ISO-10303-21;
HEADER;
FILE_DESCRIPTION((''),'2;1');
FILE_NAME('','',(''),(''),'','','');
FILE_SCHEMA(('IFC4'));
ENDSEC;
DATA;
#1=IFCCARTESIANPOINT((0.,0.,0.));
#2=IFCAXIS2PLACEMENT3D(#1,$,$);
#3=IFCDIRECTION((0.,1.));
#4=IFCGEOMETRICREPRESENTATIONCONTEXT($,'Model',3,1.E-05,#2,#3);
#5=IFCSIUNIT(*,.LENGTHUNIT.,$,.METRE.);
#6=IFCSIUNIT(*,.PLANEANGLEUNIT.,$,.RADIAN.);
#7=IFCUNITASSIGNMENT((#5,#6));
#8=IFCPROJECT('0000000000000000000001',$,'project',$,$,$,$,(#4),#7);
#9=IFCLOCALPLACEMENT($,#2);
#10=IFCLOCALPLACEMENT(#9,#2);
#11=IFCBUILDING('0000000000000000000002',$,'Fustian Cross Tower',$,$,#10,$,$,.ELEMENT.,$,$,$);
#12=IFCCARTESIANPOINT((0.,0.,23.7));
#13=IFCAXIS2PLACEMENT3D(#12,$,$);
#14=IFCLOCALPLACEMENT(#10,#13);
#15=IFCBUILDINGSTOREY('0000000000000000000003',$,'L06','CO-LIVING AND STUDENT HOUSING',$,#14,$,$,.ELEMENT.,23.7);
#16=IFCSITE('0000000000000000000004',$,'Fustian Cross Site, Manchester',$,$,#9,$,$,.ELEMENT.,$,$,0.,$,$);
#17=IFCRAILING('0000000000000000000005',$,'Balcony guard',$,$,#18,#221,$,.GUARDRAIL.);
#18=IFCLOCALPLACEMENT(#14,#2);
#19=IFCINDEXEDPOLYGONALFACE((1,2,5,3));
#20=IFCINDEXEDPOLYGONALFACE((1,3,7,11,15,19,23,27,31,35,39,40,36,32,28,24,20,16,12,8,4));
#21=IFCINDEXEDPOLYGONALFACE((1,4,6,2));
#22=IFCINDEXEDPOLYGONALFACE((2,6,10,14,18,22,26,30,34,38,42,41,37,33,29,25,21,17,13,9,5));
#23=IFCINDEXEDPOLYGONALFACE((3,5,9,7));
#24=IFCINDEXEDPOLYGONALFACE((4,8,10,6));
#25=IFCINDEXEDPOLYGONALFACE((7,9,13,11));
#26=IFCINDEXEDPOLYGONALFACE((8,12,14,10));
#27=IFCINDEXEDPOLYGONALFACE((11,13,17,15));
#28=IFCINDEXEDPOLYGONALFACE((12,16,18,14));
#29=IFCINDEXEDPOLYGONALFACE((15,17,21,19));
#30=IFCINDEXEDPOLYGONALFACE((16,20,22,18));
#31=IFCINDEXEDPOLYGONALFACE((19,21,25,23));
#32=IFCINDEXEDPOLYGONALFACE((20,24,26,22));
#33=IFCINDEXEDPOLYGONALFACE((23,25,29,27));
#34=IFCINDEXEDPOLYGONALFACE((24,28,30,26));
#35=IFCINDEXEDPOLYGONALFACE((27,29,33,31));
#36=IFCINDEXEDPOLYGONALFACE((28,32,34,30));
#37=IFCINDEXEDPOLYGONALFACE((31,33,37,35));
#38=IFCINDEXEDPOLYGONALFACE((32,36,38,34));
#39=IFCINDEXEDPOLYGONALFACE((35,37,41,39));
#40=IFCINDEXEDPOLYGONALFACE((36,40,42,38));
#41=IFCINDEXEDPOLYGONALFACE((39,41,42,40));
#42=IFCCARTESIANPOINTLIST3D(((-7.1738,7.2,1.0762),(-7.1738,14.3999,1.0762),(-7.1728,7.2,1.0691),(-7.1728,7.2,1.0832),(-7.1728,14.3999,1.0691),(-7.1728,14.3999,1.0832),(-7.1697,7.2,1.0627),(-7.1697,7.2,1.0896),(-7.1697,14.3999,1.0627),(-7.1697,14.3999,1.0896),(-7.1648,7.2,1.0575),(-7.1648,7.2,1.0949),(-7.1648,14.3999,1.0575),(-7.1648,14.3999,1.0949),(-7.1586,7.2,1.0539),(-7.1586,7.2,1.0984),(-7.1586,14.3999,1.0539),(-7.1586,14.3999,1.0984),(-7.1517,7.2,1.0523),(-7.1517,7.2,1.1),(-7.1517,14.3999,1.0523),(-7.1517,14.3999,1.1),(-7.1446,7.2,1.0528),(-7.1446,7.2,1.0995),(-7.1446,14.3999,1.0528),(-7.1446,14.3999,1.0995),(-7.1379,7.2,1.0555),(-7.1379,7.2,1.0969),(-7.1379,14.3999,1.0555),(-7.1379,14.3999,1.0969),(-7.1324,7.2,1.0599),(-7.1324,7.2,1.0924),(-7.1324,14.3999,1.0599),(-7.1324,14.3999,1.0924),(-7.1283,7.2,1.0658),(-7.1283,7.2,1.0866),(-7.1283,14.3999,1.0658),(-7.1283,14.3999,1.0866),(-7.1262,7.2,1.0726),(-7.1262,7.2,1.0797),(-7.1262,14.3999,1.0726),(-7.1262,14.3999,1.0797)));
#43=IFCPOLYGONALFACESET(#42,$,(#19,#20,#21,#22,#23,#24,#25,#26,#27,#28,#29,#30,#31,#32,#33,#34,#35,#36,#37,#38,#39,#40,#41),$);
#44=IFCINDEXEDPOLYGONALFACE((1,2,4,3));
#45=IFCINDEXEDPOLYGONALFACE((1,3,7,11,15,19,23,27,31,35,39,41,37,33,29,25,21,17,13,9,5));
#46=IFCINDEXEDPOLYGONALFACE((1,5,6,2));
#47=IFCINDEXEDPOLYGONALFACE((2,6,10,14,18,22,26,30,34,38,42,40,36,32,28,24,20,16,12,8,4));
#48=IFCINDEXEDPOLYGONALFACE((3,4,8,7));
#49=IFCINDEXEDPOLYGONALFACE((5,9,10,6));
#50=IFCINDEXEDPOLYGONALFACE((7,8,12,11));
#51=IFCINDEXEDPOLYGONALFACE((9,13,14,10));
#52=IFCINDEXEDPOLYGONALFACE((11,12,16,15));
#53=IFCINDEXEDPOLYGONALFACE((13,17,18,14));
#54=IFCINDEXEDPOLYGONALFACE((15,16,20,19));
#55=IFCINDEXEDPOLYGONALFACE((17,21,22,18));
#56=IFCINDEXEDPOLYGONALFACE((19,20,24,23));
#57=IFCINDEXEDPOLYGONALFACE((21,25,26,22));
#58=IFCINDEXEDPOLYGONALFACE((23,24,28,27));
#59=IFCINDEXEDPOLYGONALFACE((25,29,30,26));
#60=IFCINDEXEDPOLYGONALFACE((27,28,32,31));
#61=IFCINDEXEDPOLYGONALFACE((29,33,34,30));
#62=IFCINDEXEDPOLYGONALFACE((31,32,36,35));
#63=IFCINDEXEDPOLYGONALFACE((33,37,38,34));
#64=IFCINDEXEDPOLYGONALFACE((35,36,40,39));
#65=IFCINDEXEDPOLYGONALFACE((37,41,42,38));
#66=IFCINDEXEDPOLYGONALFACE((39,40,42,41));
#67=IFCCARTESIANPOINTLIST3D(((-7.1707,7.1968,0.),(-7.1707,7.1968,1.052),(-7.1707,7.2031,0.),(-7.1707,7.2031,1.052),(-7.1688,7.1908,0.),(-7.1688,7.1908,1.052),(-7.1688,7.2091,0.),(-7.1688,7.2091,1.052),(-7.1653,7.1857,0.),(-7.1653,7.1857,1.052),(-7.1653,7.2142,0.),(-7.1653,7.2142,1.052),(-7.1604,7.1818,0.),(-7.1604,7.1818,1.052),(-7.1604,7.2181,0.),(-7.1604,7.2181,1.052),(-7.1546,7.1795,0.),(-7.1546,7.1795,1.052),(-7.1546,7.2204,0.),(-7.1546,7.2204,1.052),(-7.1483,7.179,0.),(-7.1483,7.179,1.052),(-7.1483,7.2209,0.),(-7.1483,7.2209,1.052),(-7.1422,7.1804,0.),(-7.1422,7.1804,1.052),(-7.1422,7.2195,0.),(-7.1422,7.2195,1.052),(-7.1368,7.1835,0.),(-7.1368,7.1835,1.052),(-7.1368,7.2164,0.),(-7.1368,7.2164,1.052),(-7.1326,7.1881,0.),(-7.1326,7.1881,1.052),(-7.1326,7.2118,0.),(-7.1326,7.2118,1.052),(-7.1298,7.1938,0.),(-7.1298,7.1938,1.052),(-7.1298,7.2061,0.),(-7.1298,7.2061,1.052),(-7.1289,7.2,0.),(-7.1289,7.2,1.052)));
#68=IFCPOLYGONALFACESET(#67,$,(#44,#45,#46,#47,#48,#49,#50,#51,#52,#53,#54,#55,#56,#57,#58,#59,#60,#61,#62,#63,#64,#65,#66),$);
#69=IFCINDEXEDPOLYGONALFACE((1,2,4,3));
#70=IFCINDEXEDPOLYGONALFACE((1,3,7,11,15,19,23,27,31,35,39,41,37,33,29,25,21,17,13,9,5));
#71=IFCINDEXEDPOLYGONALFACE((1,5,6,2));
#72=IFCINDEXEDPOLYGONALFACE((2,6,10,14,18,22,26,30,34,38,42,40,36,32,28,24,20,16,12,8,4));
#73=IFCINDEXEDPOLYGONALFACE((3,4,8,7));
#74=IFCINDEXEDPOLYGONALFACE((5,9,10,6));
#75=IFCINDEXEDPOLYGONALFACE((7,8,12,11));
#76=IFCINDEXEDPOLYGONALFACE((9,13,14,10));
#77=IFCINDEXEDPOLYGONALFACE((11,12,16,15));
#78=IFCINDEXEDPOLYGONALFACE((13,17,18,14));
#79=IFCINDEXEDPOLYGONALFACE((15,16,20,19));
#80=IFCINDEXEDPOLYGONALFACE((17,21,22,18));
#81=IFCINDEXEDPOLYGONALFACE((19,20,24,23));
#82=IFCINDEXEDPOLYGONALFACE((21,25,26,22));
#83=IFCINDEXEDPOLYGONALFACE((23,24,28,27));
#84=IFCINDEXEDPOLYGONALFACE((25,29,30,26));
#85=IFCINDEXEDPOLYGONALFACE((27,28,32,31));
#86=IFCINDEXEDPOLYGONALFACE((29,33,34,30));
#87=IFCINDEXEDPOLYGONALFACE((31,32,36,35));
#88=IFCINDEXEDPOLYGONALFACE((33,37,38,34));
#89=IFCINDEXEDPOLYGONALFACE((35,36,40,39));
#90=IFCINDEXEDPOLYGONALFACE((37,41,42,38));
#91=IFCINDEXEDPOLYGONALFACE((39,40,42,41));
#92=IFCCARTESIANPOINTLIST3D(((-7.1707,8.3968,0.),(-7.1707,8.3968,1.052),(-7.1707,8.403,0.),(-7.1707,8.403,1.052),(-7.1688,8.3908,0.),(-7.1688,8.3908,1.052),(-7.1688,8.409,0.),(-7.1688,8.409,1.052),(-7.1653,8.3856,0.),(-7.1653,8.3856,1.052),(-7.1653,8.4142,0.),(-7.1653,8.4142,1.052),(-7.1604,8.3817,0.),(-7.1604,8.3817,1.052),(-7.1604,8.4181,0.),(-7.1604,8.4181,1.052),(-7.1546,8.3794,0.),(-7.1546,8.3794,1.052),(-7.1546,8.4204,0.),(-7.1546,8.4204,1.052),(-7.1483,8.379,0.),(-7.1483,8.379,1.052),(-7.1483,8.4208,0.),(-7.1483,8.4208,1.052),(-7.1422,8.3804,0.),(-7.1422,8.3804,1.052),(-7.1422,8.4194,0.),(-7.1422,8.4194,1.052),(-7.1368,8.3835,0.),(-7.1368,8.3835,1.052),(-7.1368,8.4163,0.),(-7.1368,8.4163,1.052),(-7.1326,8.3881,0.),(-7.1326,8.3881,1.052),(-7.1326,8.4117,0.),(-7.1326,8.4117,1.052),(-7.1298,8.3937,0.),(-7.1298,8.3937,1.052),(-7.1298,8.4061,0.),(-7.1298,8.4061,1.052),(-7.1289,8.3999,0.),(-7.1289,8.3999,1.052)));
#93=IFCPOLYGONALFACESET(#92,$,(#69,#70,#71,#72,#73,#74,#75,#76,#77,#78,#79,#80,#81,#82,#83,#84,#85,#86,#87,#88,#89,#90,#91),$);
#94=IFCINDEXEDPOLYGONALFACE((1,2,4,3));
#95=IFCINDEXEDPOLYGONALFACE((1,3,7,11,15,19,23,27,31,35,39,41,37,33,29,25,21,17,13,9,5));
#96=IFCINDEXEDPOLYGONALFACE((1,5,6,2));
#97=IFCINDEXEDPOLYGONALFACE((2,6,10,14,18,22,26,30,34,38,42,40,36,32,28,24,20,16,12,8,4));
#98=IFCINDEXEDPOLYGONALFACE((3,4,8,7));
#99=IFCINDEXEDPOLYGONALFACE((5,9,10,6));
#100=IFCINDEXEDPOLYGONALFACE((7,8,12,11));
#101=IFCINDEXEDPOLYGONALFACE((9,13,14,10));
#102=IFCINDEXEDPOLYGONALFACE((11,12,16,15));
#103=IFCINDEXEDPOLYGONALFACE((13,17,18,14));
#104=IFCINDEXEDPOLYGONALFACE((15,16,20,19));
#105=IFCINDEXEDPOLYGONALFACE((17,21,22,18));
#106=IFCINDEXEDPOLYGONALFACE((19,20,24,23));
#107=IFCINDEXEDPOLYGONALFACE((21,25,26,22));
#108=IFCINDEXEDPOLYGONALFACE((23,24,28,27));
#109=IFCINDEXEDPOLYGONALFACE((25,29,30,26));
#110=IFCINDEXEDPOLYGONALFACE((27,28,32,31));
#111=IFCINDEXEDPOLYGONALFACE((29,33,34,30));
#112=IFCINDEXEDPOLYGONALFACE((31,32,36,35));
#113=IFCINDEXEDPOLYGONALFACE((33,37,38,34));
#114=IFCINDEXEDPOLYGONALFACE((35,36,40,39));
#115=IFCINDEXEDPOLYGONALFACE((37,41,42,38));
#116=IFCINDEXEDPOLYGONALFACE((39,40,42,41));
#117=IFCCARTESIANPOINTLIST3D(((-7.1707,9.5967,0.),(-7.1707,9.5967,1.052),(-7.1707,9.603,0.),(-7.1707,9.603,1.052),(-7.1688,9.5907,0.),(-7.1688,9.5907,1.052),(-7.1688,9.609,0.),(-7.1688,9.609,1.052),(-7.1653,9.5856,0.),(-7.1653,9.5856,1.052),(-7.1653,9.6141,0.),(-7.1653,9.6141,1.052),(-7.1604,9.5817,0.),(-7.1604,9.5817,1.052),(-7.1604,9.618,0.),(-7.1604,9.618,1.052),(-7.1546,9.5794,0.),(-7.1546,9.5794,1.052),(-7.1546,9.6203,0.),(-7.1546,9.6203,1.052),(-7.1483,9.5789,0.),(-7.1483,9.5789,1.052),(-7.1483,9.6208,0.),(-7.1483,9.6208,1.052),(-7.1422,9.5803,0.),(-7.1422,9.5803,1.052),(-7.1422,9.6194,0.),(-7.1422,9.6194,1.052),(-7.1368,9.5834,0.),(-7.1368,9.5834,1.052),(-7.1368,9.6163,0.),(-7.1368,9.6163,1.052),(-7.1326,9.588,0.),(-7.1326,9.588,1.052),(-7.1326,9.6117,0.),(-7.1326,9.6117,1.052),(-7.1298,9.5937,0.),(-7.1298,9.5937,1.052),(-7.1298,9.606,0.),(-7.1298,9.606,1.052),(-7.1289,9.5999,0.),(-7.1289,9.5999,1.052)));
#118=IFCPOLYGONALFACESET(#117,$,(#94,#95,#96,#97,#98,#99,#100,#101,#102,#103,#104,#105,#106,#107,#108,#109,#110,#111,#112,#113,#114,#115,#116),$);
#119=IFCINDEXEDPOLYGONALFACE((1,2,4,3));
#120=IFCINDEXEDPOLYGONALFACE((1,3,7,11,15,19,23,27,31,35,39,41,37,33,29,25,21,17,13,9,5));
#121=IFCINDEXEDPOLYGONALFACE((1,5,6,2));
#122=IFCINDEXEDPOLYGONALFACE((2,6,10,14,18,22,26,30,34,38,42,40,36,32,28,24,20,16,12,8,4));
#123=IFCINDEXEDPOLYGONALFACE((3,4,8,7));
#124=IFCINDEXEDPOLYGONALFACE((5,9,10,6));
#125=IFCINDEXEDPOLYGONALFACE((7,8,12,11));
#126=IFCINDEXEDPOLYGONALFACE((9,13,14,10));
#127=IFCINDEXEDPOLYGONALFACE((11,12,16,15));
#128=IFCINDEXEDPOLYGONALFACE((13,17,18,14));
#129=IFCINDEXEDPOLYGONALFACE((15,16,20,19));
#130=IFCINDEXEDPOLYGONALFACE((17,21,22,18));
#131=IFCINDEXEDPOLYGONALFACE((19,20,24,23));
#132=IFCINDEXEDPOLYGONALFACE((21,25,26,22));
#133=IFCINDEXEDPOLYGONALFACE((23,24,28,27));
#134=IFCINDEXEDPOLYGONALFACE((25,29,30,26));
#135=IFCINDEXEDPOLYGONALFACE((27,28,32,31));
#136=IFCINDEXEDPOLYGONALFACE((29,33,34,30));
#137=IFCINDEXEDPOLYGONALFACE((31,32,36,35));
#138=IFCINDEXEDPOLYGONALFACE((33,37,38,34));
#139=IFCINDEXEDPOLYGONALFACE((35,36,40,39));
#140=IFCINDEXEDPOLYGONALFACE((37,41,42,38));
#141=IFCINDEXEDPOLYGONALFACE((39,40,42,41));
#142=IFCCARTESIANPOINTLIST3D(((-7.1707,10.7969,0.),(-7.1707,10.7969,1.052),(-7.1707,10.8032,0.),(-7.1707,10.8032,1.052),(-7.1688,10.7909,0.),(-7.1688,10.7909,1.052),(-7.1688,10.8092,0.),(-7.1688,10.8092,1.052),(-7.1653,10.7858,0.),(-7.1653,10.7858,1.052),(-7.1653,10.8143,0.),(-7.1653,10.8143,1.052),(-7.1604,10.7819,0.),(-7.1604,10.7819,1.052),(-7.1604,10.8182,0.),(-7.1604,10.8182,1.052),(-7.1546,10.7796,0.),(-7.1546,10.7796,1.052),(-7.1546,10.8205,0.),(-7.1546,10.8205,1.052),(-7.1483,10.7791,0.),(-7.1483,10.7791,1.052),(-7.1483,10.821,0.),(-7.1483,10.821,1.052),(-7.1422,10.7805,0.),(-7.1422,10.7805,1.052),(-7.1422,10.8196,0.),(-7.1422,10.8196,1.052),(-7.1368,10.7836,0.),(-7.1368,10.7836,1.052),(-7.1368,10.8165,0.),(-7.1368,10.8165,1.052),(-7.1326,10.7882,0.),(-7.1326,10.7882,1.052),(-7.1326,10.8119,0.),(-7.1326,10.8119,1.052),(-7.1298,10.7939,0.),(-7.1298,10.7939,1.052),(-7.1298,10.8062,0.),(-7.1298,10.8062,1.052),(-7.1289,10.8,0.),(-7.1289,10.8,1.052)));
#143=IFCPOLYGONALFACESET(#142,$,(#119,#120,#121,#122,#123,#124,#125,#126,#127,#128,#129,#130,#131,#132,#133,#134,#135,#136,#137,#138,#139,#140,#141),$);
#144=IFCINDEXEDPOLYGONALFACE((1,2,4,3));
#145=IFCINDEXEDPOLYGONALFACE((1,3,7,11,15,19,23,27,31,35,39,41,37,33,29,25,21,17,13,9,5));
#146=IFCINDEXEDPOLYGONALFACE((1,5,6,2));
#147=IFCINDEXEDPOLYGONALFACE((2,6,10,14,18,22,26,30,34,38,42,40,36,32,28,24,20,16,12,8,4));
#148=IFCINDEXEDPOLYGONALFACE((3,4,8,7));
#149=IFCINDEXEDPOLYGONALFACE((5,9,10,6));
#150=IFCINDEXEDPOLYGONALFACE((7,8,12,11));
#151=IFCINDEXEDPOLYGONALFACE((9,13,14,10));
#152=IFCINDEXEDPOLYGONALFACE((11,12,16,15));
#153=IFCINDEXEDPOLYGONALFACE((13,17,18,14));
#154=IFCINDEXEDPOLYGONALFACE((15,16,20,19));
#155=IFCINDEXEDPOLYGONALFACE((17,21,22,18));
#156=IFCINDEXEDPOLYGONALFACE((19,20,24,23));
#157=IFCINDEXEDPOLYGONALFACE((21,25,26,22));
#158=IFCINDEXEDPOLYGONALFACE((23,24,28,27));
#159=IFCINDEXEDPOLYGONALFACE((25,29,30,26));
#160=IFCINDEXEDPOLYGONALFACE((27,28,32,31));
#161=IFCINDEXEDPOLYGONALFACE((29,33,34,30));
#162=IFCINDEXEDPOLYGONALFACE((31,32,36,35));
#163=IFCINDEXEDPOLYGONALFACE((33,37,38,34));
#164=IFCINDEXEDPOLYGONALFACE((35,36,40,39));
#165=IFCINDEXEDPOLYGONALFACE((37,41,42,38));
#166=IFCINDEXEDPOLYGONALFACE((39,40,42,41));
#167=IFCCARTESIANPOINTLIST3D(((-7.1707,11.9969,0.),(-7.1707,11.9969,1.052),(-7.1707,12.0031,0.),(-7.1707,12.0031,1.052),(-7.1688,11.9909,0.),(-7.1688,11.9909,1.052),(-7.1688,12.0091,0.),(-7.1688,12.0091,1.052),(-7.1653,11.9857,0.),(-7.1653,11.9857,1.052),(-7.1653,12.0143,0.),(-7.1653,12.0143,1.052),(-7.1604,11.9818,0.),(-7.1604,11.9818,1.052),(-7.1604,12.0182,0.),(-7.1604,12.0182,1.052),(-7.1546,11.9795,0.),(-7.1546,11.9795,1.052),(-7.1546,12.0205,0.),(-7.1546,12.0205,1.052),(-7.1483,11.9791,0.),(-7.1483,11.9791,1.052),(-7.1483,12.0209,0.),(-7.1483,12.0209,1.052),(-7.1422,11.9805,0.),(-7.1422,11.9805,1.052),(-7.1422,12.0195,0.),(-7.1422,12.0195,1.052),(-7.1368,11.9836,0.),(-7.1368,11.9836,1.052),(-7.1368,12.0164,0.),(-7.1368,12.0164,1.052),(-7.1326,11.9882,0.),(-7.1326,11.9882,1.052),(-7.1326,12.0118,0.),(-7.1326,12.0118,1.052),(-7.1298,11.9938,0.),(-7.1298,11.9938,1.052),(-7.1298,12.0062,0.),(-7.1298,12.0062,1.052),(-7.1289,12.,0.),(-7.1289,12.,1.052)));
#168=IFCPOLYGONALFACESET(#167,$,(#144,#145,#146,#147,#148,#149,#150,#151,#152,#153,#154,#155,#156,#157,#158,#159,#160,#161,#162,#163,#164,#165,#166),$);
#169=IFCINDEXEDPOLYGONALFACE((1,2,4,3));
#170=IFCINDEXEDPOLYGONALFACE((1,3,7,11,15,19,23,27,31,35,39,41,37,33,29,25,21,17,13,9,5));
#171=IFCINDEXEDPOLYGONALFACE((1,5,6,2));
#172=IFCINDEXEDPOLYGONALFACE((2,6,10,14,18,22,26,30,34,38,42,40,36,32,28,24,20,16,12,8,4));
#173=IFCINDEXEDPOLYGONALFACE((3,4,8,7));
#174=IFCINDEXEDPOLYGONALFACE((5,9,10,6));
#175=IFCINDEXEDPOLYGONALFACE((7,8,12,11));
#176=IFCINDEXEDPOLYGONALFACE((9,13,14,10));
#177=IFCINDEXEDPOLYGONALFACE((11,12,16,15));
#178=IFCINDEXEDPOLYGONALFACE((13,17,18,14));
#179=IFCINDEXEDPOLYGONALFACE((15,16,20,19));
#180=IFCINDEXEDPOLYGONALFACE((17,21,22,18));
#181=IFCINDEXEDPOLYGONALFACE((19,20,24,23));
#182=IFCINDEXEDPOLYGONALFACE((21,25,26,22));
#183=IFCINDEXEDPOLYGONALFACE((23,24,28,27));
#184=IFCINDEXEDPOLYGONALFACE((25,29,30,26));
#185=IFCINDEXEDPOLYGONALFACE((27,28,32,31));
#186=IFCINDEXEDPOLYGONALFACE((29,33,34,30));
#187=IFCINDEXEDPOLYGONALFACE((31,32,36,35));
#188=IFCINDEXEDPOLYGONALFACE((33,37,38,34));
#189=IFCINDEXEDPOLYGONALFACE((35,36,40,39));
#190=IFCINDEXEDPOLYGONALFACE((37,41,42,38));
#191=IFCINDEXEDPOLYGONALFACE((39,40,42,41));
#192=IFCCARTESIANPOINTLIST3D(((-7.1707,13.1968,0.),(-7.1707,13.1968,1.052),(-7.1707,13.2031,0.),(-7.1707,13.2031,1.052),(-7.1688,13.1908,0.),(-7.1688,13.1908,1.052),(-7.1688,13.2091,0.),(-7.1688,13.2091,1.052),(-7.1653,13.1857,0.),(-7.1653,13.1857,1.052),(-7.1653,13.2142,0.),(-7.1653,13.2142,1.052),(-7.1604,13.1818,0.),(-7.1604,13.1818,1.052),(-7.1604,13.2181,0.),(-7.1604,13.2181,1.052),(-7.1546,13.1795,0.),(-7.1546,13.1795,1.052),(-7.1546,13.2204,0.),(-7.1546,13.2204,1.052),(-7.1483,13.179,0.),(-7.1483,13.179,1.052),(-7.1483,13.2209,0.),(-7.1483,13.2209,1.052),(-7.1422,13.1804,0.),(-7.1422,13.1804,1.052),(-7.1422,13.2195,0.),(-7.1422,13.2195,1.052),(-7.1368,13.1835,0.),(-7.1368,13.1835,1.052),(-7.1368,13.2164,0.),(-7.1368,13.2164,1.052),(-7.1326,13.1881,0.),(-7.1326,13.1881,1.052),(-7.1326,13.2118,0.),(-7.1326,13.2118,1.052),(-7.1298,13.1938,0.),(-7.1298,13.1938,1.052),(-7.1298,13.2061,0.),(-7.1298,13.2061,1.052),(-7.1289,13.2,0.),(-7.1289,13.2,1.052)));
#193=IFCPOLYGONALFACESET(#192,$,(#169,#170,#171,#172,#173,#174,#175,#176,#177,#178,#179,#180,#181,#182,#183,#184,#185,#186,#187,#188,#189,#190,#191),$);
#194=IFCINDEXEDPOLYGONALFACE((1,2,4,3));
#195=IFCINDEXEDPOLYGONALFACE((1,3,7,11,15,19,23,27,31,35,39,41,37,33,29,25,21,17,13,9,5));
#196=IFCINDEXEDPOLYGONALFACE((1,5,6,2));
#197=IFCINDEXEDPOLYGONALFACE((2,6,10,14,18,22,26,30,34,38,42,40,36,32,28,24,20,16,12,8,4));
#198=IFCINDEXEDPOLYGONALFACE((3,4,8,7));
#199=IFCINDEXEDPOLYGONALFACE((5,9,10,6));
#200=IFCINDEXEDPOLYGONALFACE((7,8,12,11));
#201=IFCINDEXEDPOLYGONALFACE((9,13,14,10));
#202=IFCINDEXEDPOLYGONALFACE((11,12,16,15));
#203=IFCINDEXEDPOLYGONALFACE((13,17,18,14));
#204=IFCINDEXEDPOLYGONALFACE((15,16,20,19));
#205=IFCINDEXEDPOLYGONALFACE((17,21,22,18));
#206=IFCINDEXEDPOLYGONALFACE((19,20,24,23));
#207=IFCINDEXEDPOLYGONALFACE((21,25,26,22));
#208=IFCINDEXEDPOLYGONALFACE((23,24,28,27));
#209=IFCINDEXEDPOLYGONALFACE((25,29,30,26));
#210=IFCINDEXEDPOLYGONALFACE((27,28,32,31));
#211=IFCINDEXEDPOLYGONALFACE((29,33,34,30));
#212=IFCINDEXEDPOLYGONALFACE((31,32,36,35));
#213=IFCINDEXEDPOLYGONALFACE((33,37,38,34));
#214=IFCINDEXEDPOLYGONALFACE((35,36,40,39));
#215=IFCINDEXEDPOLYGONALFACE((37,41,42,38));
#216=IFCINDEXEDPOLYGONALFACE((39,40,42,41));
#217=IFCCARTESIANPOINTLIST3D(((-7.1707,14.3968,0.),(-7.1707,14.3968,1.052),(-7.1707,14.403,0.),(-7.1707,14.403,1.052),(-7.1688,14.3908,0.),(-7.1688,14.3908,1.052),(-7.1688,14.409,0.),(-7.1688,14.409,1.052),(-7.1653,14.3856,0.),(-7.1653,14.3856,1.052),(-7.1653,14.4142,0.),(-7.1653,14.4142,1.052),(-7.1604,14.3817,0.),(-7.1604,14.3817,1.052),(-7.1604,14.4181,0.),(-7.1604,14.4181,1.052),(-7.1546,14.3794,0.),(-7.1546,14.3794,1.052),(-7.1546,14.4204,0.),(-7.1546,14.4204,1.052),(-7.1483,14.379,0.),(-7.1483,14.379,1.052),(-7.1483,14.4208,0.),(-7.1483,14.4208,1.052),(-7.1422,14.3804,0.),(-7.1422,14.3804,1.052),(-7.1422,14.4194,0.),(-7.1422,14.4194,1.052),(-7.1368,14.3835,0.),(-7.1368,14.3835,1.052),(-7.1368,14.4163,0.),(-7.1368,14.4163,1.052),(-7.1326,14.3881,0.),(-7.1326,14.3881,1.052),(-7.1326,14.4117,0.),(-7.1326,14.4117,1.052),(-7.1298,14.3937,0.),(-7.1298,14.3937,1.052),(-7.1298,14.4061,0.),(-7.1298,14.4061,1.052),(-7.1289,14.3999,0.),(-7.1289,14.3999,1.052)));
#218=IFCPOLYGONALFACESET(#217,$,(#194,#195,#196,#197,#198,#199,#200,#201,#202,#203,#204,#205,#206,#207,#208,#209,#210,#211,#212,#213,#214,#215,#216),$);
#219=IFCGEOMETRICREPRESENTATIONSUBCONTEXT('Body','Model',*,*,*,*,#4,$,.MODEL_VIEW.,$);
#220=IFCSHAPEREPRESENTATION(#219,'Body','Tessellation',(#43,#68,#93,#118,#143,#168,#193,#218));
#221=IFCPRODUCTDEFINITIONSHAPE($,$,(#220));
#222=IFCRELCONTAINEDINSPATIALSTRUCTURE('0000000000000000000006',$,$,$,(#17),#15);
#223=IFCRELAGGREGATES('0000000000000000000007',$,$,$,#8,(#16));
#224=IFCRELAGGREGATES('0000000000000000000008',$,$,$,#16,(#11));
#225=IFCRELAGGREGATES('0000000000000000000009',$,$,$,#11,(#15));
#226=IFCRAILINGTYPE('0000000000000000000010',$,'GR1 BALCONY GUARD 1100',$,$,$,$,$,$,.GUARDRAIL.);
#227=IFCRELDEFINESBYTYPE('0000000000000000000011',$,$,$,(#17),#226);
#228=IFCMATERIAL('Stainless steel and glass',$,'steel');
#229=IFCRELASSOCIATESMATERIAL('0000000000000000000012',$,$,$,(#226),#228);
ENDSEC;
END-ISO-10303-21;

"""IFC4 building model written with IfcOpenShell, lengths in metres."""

from ifc_helpers import new_model, si_unit, direction, frame, origin, origin_2d, place, context, subcontext, project, spatial, circle, extrude, material, type_object, element, save


model = new_model("IFC4")

# Units and contexts
model_context = context("Model", 3, precision=1e-05, world=origin(), true_north=direction((0.0, 1.0)))
body_context = subcontext(model_context, "Body", "Model", "MODEL_VIEW")
ifc_project = project(units=[si_unit("LENGTHUNIT", "METRE"), si_unit("PLANEANGLEUNIT", "RADIAN")], contexts=[model_context])

# Site, building, storey
site_placement = place(None, origin())
site = spatial("IfcSite", under=ifc_project, at=site_placement, Name="Fustian Cross Site, Manchester", CompositionType="ELEMENT", RefElevation=0.0)
building_placement = place(site_placement, origin())
building = spatial("IfcBuilding", under=site, at=building_placement, Name="Fustian Cross Tower", CompositionType="ELEMENT")
storey_placement = place(building_placement, frame((0.0, 0.0, 23.7)))
storey = spatial("IfcBuildingStorey", under=building, at=storey_placement, Name="L06", Description="CO-LIVING AND STUDENT HOUSING", CompositionType="ELEMENT", Elevation=23.7)

# Railing
ifc_material_1 = material(Name="Stainless steel and glass", Category="steel")
railing_type = type_object("IfcRailingType", Name="GR1 BALCONY GUARD 1100", PredefinedType="GUARDRAIL", material=ifc_material_1)
railing_placement = place(storey_placement, frame((-7.1499, 7.2, 0.0)))
element("IfcRailing", 1, at=railing_placement, inside=storey, type_object=railing_type, Name="Balcony guard", PredefinedType="GUARDRAIL", context=body_context, shape_type="SweptSolid", body=[
    extrude(circle(Radius=0.0239, at=origin_2d()), frame((0.0, 0.0, 1.0762), z_axis=(0.0, 1.0, 0.0), x_axis=(-1.0, 0.0, 0.0)), (0.0, 0.0, 1.0), 7.2),
    extrude(circle(Radius=0.021, at=origin_2d()), origin(), (0.0, 0.0, 1.0), 1.052),
    extrude(circle(Radius=0.021, at=origin_2d()), frame((0.0, 1.2, 0.0)), (0.0, 0.0, 1.0), 1.052),
    extrude(circle(Radius=0.021, at=origin_2d()), frame((0.0, 2.3999, 0.0)), (0.0, 0.0, 1.0), 1.052),
    extrude(circle(Radius=0.021, at=origin_2d()), frame((0.0, 3.6001, 0.0)), (0.0, 0.0, 1.0), 1.052),
    extrude(circle(Radius=0.021, at=origin_2d()), frame((0.0, 4.8, 0.0)), (0.0, 0.0, 1.0), 1.052),
    extrude(circle(Radius=0.021, at=origin_2d()), frame((0.0, 6.0, 0.0)), (0.0, 0.0, 1.0), 1.052),
    extrude(circle(Radius=0.021, at=origin_2d()), frame((0.0, 7.2, 0.0)), (0.0, 0.0, 1.0), 1.052),
])

save(model, "model.ifc")
